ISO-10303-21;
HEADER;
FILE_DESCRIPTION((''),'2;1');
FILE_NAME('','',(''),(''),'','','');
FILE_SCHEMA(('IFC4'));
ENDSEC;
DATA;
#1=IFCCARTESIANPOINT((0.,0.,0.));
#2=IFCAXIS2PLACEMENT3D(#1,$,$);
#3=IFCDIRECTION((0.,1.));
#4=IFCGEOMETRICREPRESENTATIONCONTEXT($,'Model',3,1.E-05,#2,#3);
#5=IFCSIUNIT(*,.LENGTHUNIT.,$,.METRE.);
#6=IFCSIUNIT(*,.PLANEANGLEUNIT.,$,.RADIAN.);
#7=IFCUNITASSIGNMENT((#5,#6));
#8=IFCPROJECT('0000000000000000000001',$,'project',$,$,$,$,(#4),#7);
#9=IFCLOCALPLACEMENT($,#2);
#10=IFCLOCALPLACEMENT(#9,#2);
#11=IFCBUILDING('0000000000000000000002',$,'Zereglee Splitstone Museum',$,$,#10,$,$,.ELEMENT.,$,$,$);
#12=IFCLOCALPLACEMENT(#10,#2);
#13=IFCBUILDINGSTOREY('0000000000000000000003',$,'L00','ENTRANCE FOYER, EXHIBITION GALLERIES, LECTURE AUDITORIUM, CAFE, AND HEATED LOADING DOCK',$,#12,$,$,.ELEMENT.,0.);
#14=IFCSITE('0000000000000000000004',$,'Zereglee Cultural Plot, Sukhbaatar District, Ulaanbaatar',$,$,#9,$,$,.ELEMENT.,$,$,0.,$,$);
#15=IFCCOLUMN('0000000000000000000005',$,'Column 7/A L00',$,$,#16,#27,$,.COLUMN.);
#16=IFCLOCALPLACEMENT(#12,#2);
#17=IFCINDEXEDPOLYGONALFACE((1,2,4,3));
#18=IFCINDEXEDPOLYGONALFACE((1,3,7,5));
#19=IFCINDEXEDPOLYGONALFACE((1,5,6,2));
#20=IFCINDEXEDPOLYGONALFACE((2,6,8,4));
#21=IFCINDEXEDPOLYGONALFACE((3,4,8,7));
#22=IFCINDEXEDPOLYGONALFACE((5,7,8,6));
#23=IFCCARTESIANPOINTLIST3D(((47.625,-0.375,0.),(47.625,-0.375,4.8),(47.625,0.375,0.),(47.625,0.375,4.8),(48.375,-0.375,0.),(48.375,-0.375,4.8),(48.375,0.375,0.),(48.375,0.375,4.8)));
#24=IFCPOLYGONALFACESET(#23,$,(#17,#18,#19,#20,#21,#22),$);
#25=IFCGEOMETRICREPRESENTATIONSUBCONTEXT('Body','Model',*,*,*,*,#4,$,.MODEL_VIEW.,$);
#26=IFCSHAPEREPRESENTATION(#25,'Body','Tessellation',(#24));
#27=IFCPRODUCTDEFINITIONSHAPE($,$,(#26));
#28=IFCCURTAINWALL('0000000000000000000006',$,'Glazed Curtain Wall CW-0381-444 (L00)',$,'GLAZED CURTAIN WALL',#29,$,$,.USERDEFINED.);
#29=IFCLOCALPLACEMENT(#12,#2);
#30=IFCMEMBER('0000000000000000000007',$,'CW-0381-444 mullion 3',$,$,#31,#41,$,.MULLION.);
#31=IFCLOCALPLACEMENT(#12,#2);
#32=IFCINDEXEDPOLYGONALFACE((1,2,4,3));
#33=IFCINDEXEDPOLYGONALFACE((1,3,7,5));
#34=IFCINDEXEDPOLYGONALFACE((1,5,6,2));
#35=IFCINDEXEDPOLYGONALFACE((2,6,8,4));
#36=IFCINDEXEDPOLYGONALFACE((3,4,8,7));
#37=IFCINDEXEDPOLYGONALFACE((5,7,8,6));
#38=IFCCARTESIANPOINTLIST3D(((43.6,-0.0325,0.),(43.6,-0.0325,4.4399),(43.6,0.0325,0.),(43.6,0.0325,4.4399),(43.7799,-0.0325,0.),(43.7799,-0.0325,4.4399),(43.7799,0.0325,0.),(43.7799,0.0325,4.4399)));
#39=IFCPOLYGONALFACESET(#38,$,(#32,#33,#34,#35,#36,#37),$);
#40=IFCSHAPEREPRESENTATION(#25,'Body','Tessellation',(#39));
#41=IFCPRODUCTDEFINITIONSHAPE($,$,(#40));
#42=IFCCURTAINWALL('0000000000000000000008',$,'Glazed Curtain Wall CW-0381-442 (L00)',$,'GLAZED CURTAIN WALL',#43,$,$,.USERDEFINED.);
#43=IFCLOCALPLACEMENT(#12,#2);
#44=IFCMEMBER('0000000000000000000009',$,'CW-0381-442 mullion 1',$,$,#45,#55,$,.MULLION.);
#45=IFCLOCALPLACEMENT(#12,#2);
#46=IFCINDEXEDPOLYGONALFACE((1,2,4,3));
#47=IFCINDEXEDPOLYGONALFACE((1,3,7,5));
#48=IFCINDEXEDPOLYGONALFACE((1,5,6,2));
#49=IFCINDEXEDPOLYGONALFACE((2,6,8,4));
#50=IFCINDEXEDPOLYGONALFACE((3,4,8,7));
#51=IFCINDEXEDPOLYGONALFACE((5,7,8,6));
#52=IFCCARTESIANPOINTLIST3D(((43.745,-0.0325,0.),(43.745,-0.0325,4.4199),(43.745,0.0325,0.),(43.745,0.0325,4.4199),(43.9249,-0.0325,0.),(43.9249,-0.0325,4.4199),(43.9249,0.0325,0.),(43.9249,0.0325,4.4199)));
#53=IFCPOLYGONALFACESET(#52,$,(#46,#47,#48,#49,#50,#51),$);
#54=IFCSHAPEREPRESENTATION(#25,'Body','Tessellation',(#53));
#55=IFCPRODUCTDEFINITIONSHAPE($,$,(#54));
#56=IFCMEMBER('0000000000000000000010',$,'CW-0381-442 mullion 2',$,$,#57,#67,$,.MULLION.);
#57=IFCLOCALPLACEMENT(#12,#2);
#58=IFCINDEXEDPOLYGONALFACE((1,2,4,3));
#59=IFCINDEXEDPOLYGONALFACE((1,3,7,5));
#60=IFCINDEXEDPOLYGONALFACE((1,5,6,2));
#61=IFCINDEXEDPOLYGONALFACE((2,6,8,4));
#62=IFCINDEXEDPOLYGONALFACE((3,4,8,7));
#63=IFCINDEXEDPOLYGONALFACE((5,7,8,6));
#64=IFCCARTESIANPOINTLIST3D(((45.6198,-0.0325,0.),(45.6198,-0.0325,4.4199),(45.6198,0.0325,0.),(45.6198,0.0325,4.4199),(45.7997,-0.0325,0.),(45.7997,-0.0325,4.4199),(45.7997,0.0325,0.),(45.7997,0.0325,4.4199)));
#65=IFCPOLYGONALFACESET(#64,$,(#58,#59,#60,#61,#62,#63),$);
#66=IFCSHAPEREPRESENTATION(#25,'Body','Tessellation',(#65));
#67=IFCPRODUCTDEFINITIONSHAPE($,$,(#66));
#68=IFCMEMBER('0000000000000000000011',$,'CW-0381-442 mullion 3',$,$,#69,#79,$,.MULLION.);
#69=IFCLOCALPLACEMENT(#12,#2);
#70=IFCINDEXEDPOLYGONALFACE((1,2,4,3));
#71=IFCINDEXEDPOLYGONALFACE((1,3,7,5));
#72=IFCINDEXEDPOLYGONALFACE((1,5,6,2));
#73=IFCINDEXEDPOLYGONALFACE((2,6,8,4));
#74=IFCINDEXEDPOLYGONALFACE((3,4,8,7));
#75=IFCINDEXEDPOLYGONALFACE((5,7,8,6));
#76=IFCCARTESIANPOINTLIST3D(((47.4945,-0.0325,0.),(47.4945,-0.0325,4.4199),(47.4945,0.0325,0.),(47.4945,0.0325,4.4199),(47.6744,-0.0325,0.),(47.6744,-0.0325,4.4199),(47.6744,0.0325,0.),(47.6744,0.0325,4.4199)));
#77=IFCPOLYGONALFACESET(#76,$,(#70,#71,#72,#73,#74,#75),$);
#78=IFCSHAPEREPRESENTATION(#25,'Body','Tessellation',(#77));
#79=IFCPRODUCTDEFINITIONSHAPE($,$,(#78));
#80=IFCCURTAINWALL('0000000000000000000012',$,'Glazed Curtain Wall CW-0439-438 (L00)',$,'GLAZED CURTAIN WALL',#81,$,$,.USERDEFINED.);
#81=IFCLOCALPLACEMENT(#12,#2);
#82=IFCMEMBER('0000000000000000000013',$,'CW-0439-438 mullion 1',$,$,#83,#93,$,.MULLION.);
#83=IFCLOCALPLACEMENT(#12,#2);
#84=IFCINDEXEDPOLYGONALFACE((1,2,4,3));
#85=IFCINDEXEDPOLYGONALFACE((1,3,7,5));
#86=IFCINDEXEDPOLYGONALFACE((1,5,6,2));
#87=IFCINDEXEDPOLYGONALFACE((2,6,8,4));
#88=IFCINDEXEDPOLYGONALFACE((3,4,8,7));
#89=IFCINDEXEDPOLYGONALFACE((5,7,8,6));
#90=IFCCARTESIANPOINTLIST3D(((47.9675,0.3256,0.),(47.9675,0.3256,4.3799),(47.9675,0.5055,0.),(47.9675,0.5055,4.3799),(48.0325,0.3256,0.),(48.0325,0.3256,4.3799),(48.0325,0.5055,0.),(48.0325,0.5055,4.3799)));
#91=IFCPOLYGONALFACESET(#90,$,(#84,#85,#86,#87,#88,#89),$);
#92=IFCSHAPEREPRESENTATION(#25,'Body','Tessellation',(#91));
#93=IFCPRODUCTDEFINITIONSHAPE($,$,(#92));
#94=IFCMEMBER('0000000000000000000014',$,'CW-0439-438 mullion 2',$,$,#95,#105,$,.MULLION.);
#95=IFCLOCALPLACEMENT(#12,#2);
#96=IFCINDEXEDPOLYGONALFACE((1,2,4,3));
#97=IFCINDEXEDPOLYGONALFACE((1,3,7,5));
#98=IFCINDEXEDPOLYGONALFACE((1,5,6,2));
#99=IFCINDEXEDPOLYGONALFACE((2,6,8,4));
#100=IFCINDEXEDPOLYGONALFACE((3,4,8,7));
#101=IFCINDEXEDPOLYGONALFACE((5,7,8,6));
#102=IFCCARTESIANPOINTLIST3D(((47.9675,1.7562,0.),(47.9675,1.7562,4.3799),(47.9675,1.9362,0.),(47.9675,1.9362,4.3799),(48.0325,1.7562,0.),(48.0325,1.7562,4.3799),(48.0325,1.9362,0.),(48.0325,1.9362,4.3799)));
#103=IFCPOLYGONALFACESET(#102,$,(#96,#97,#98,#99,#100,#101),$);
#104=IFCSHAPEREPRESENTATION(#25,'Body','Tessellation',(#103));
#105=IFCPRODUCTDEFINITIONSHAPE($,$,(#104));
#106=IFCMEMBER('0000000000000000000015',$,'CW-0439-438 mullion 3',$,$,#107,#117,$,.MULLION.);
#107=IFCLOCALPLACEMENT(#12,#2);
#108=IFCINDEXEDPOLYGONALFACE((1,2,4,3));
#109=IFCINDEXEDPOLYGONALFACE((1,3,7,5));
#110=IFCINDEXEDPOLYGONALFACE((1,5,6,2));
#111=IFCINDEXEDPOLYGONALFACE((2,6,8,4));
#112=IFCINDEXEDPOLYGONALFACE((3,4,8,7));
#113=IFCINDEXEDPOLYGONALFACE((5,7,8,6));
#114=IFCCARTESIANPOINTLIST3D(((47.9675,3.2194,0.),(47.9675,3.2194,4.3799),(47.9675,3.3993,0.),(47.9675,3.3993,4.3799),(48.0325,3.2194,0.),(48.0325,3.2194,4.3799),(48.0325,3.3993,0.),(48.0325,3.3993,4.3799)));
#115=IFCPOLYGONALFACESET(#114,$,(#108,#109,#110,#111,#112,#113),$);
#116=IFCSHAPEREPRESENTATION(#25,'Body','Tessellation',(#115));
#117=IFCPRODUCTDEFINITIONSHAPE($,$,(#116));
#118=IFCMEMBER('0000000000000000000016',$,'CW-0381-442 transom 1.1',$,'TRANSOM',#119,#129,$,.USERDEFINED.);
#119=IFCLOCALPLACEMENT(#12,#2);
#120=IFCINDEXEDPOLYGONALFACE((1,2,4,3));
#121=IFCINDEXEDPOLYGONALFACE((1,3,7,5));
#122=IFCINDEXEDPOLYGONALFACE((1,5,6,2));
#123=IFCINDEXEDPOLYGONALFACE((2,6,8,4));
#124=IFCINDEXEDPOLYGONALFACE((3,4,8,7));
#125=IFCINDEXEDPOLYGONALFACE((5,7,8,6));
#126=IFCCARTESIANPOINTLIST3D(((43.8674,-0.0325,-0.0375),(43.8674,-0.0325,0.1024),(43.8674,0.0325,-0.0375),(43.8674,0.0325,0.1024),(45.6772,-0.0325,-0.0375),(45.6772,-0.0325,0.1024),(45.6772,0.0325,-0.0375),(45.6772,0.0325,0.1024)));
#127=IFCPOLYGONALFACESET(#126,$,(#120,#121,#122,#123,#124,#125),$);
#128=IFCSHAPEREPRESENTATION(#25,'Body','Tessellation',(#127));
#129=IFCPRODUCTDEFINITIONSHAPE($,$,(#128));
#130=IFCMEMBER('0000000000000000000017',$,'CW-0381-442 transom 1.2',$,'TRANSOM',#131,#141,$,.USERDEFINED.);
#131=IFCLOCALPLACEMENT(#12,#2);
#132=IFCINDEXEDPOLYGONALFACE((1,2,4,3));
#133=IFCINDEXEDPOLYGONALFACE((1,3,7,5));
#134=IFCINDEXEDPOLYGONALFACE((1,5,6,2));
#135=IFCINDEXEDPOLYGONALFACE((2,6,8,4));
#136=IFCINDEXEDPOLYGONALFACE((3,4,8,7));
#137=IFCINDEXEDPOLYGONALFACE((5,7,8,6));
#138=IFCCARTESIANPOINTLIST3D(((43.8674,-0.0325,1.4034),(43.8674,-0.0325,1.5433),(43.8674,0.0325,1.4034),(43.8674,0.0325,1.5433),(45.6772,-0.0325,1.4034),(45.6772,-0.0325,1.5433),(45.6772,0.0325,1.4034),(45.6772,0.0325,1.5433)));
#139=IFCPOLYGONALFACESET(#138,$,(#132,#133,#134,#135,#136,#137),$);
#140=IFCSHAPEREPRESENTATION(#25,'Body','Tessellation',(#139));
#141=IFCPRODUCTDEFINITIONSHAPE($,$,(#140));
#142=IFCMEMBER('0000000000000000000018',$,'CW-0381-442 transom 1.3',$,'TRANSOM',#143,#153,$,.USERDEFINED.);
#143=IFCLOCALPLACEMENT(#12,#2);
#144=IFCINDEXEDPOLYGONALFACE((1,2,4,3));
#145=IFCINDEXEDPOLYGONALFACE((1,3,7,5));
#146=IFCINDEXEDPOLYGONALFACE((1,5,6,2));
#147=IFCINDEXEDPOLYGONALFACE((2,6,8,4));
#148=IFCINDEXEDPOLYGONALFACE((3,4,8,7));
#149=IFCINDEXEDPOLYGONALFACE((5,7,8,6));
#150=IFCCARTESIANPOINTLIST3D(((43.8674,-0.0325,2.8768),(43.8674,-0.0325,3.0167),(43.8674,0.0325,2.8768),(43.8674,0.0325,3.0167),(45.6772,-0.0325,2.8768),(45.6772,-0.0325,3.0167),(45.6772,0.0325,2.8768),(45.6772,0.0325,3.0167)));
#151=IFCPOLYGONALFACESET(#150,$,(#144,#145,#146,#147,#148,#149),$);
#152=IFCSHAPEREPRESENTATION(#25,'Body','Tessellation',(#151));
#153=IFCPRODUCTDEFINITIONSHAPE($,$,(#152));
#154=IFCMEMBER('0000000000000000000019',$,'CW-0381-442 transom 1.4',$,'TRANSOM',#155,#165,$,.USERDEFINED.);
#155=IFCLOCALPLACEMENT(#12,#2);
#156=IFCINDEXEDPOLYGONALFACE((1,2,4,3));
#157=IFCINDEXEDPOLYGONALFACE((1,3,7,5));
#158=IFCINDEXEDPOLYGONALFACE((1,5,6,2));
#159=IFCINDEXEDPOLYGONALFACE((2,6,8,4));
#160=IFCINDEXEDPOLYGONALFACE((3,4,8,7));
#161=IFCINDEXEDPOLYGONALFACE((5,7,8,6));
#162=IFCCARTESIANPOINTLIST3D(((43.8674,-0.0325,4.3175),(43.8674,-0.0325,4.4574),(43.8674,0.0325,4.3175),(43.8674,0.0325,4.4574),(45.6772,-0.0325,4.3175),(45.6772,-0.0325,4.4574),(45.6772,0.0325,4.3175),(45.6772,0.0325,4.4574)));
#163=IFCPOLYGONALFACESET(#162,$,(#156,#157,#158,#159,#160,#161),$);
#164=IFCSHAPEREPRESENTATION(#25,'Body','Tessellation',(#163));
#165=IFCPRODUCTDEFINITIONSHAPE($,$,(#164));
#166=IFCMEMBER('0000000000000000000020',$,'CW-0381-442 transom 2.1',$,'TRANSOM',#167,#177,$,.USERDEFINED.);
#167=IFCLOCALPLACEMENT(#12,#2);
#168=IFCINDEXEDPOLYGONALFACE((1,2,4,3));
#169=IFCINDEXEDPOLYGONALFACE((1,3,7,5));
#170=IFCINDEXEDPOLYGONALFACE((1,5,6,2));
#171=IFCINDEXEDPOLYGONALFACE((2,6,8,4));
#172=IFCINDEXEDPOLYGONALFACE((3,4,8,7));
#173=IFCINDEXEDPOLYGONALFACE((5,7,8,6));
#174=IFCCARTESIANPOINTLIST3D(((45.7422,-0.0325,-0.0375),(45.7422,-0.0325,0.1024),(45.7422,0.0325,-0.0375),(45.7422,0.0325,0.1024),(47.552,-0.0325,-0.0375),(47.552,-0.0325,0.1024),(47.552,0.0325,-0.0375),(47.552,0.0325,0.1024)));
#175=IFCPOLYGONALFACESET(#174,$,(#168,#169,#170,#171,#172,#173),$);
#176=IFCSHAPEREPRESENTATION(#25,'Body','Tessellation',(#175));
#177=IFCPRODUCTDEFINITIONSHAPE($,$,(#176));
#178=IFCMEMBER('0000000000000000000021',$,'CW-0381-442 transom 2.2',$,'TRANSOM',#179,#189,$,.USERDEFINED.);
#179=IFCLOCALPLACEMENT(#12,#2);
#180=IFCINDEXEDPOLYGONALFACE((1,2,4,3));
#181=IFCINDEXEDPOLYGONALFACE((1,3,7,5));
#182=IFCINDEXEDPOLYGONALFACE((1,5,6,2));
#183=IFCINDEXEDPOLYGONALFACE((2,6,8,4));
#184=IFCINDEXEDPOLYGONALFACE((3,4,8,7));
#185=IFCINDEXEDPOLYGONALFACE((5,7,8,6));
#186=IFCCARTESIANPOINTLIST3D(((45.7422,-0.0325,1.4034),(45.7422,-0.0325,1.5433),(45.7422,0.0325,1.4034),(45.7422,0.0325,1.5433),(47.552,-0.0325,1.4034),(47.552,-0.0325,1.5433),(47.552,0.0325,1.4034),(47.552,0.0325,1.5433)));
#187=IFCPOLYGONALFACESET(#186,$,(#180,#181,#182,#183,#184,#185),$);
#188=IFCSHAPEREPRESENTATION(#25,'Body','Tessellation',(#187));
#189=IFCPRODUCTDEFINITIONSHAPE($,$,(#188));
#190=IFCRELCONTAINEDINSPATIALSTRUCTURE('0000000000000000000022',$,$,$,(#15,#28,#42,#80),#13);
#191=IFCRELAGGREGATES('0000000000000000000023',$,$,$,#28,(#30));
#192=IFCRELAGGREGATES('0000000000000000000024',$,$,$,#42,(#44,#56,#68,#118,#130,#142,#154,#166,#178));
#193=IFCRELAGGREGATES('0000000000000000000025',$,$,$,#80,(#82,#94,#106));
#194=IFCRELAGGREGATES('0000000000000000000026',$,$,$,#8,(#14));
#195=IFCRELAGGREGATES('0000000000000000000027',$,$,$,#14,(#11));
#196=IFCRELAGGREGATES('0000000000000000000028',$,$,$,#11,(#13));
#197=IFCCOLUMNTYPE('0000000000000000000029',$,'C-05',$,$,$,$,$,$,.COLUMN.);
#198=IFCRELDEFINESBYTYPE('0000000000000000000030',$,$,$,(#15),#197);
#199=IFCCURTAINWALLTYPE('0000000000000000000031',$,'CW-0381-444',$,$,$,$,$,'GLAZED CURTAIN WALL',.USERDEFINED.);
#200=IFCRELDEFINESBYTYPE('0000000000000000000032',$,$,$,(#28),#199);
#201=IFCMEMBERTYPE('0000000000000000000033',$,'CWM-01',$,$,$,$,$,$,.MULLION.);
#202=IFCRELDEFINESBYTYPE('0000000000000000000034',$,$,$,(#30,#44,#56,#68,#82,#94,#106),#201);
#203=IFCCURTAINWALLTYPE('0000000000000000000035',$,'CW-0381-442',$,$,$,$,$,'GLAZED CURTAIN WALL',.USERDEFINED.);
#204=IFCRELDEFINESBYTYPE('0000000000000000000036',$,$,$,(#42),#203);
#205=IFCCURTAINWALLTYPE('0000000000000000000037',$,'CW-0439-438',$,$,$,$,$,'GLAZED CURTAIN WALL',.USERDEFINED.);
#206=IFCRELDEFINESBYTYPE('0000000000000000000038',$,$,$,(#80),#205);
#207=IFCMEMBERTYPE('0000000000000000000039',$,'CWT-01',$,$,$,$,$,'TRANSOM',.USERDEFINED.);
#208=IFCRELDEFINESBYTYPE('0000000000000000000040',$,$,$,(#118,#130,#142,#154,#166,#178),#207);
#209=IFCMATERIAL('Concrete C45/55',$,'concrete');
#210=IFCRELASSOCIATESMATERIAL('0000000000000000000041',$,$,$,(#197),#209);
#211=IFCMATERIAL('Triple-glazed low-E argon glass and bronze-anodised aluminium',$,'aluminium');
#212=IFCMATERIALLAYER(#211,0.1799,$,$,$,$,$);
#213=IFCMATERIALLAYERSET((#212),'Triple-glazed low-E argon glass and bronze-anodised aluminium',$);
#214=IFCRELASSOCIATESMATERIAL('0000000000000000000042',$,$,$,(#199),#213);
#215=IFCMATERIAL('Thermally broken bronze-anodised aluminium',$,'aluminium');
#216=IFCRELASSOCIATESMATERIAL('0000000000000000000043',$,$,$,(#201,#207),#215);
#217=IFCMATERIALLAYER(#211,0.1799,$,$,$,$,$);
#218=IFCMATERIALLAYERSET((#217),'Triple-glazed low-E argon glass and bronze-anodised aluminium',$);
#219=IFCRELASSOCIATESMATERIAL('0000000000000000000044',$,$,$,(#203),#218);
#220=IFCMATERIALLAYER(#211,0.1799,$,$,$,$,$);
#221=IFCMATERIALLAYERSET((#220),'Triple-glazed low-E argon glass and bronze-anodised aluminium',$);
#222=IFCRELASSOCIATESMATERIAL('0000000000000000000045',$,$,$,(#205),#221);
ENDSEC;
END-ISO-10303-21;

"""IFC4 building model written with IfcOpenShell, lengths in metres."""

from ifc_helpers import new_model, si_unit, direction, frame, origin, origin_2d, place, context, subcontext, project, spatial, rectangle, extrude, material, layer, layer_set, material_profile, profile_set, type_object, element, aggregate, save


model = new_model("IFC4")

# Units and contexts
model_context = context("Model", 3, precision=1e-05, world=origin(), true_north=direction((0.0, 1.0)))
body_context = subcontext(model_context, "Body", "Model", "MODEL_VIEW")
ifc_project = project(units=[si_unit("LENGTHUNIT", "METRE"), si_unit("PLANEANGLEUNIT", "RADIAN")], contexts=[model_context])

# Site, building, storey
site_placement = place(None, origin())
site = spatial("IfcSite", under=ifc_project, at=site_placement, Name="Zereglee Cultural Plot, Sukhbaatar District, Ulaanbaatar", CompositionType="ELEMENT", RefElevation=0.0)
building_placement = place(site_placement, origin())
building = spatial("IfcBuilding", under=site, at=building_placement, Name="Zereglee Splitstone Museum", CompositionType="ELEMENT")
storey_placement = place(building_placement, origin())
storey = spatial("IfcBuildingStorey", under=building, at=storey_placement, Name="L00", Description="ENTRANCE FOYER, EXHIBITION GALLERIES, LECTURE AUDITORIUM, CAFE, AND HEATED LOADING DOCK", CompositionType="ELEMENT", Elevation=0.0)

# Column
ifc_material_1 = material(Name="Concrete C45/55", Category="concrete")
ifc_material_profile_1 = material_profile(ifc_material_1, rectangle(XDim=0.75, YDim=0.75, at=origin_2d()), Name="RC 750x750")
ifc_profile_set_1 = profile_set([ifc_material_profile_1], Name="Concrete C45/55")
column_type = type_object("IfcColumnType", Name="C-05", PredefinedType="COLUMN", material=ifc_profile_set_1)
column_placement = place(storey_placement, frame((48.0, 0.0, 0.0), z_axis=(0.0, 0.0, 1.0), x_axis=(1.0, 0.0, 0.0)))
element("IfcColumn", 1, at=column_placement, inside=storey, type_object=column_type, Name="Column 7/A L00", PredefinedType="COLUMN", context=body_context, shape_type="SweptSolid", body=[
    extrude(rectangle(XDim=0.75, YDim=0.75, at=origin_2d()), origin(), (0.0, 0.0, 1.0), 4.8),
])

# Curtain wall, member
ifc_material_2 = material(Name="Triple-glazed low-E argon glass and bronze-anodised aluminium", Category="aluminium")
ifc_layer_1 = layer(ifc_material_2, 0.1799)
ifc_layer_set_1 = layer_set([ifc_layer_1], Name="Triple-glazed low-E argon glass and bronze-anodised aluminium")
curtain_wall_type_1 = type_object("IfcCurtainWallType", Name="CW-0381-444", ElementType="GLAZED CURTAIN WALL", PredefinedType="USERDEFINED", material=ifc_layer_set_1)
curtain_wall_1_placement = place(storey_placement, origin())
curtain_wall_1 = element("IfcCurtainWall", 2, at=curtain_wall_1_placement, inside=storey, type_object=curtain_wall_type_1, Name="Glazed Curtain Wall CW-0381-444 (L00)", ObjectType="GLAZED CURTAIN WALL", PredefinedType="USERDEFINED")
ifc_material_3 = material(Name="Thermally broken bronze-anodised aluminium", Category="aluminium")
ifc_material_profile_2 = material_profile(ifc_material_3, rectangle(XDim=0.0649, YDim=0.1799, at=origin_2d()), Name="CW MULL 65x180")
ifc_profile_set_2 = profile_set([ifc_material_profile_2], Name="Thermally broken bronze-anodised aluminium")
member_type_1 = type_object("IfcMemberType", Name="CWM-01", PredefinedType="MULLION", material=ifc_profile_set_2)
member_1_placement = place(storey_placement, frame((43.6899, 0.0, 0.0), z_axis=(0.0, 0.0, 1.0), x_axis=(0.0, 1.0, 0.0)))
member_1 = element("IfcMember", 3, at=member_1_placement, type_object=member_type_1, Name="CW-0381-444 mullion 3", PredefinedType="MULLION", context=body_context, shape_type="SweptSolid", body=[
    extrude(rectangle(XDim=0.0649, YDim=0.1799, at=origin_2d()), origin(), (0.0, 0.0, 1.0), 4.4399),
])

# Curtain walls, members
ifc_layer_2 = layer(ifc_material_2, 0.1799)
ifc_layer_set_2 = layer_set([ifc_layer_2], Name="Triple-glazed low-E argon glass and bronze-anodised aluminium")
curtain_wall_type_2 = type_object("IfcCurtainWallType", Name="CW-0381-442", ElementType="GLAZED CURTAIN WALL", PredefinedType="USERDEFINED", material=ifc_layer_set_2)
curtain_wall_2_placement = place(storey_placement, origin())
curtain_wall_2 = element("IfcCurtainWall", 4, at=curtain_wall_2_placement, inside=storey, type_object=curtain_wall_type_2, Name="Glazed Curtain Wall CW-0381-442 (L00)", ObjectType="GLAZED CURTAIN WALL", PredefinedType="USERDEFINED")
member_2_placement = place(storey_placement, frame((43.835, 0.0, 0.0), z_axis=(0.0, 0.0, 1.0), x_axis=(0.0, 1.0, 0.0)))
member_2 = element("IfcMember", 5, at=member_2_placement, type_object=member_type_1, Name="CW-0381-442 mullion 1", PredefinedType="MULLION", context=body_context, shape_type="SweptSolid", body=[
    extrude(rectangle(XDim=0.0649, YDim=0.1799, at=origin_2d()), origin(), (0.0, 0.0, 1.0), 4.4199),
])
member_3_placement = place(storey_placement, frame((45.7097, 0.0, 0.0), z_axis=(0.0, 0.0, 1.0), x_axis=(0.0, 1.0, 0.0)))
member_3 = element("IfcMember", 6, at=member_3_placement, type_object=member_type_1, Name="CW-0381-442 mullion 2", PredefinedType="MULLION", context=body_context, shape_type="SweptSolid", body=[
    extrude(rectangle(XDim=0.0649, YDim=0.1799, at=origin_2d()), origin(), (0.0, 0.0, 1.0), 4.4199),
])
member_4_placement = place(storey_placement, frame((47.5845, 0.0, 0.0), z_axis=(0.0, 0.0, 1.0), x_axis=(0.0, 1.0, 0.0)))
member_4 = element("IfcMember", 7, at=member_4_placement, type_object=member_type_1, Name="CW-0381-442 mullion 3", PredefinedType="MULLION", context=body_context, shape_type="SweptSolid", body=[
    extrude(rectangle(XDim=0.0649, YDim=0.1799, at=origin_2d()), origin(), (0.0, 0.0, 1.0), 4.4199),
])
ifc_layer_3 = layer(ifc_material_2, 0.1799)
ifc_layer_set_3 = layer_set([ifc_layer_3], Name="Triple-glazed low-E argon glass and bronze-anodised aluminium")
curtain_wall_type_3 = type_object("IfcCurtainWallType", Name="CW-0439-438", ElementType="GLAZED CURTAIN WALL", PredefinedType="USERDEFINED", material=ifc_layer_set_3)
curtain_wall_3_placement = place(storey_placement, origin())
curtain_wall_3 = element("IfcCurtainWall", 8, at=curtain_wall_3_placement, inside=storey, type_object=curtain_wall_type_3, Name="Glazed Curtain Wall CW-0439-438 (L00)", ObjectType="GLAZED CURTAIN WALL", PredefinedType="USERDEFINED")
member_5_placement = place(storey_placement, frame((48.0, 0.4155, 0.0), z_axis=(0.0, 0.0, 1.0), x_axis=(-1.0, 0.0, 0.0)))
member_5 = element("IfcMember", 9, at=member_5_placement, type_object=member_type_1, Name="CW-0439-438 mullion 1", PredefinedType="MULLION", context=body_context, shape_type="SweptSolid", body=[
    extrude(rectangle(XDim=0.0649, YDim=0.1799, at=origin_2d()), origin(), (0.0, 0.0, 1.0), 4.3799),
])
member_6_placement = place(storey_placement, frame((48.0, 1.8462, 0.0), z_axis=(0.0, 0.0, 1.0), x_axis=(-1.0, 0.0, 0.0)))
member_6 = element("IfcMember", 10, at=member_6_placement, type_object=member_type_1, Name="CW-0439-438 mullion 2", PredefinedType="MULLION", context=body_context, shape_type="SweptSolid", body=[
    extrude(rectangle(XDim=0.0649, YDim=0.1799, at=origin_2d()), origin(), (0.0, 0.0, 1.0), 4.3799),
])
member_7_placement = place(storey_placement, frame((48.0, 3.3093, 0.0), z_axis=(0.0, 0.0, 1.0), x_axis=(-1.0, 0.0, 0.0)))
member_7 = element("IfcMember", 11, at=member_7_placement, type_object=member_type_1, Name="CW-0439-438 mullion 3", PredefinedType="MULLION", context=body_context, shape_type="SweptSolid", body=[
    extrude(rectangle(XDim=0.0649, YDim=0.1799, at=origin_2d()), origin(), (0.0, 0.0, 1.0), 4.3799),
])

# Members
ifc_material_profile_3 = material_profile(ifc_material_3, rectangle(XDim=0.0649, YDim=0.1399, at=origin_2d()), Name="CW TRAN 65x140")
ifc_profile_set_3 = profile_set([ifc_material_profile_3], Name="Thermally broken bronze-anodised aluminium")
member_type_2 = type_object("IfcMemberType", Name="CWT-01", ElementType="TRANSOM", PredefinedType="USERDEFINED", material=ifc_profile_set_3)
member_8_placement = place(storey_placement, frame((43.8674, 0.0, 0.0325), z_axis=(1.0, 0.0, 0.0), x_axis=(0.0, 1.0, 0.0)))
member_8 = element("IfcMember", 12, at=member_8_placement, type_object=member_type_2, Name="CW-0381-442 transom 1.1", ObjectType="TRANSOM", PredefinedType="USERDEFINED", context=body_context, shape_type="SweptSolid", body=[
    extrude(rectangle(XDim=0.0649, YDim=0.1399, at=origin_2d()), origin(), (0.0, 0.0, 1.0), 1.8098),
])
member_9_placement = place(storey_placement, frame((43.8674, 0.0, 1.4734), z_axis=(1.0, 0.0, 0.0), x_axis=(0.0, 1.0, 0.0)))
member_9 = element("IfcMember", 13, at=member_9_placement, type_object=member_type_2, Name="CW-0381-442 transom 1.2", ObjectType="TRANSOM", PredefinedType="USERDEFINED", context=body_context, shape_type="SweptSolid", body=[
    extrude(rectangle(XDim=0.0649, YDim=0.1399, at=origin_2d()), origin(), (0.0, 0.0, 1.0), 1.8098),
])
member_10_placement = place(storey_placement, frame((43.8674, 0.0, 2.9468), z_axis=(1.0, 0.0, 0.0), x_axis=(0.0, 1.0, 0.0)))
member_10 = element("IfcMember", 14, at=member_10_placement, type_object=member_type_2, Name="CW-0381-442 transom 1.3", ObjectType="TRANSOM", PredefinedType="USERDEFINED", context=body_context, shape_type="SweptSolid", body=[
    extrude(rectangle(XDim=0.0649, YDim=0.1399, at=origin_2d()), origin(), (0.0, 0.0, 1.0), 1.8098),
])
member_11_placement = place(storey_placement, frame((43.8674, 0.0, 4.3875), z_axis=(1.0, 0.0, 0.0), x_axis=(0.0, 1.0, 0.0)))
member_11 = element("IfcMember", 15, at=member_11_placement, type_object=member_type_2, Name="CW-0381-442 transom 1.4", ObjectType="TRANSOM", PredefinedType="USERDEFINED", context=body_context, shape_type="SweptSolid", body=[
    extrude(rectangle(XDim=0.0649, YDim=0.1399, at=origin_2d()), origin(), (0.0, 0.0, 1.0), 1.8098),
])
member_12_placement = place(storey_placement, frame((45.7422, 0.0, 0.0325), z_axis=(1.0, 0.0, 0.0), x_axis=(0.0, 1.0, 0.0)))
member_12 = element("IfcMember", 16, at=member_12_placement, type_object=member_type_2, Name="CW-0381-442 transom 2.1", ObjectType="TRANSOM", PredefinedType="USERDEFINED", context=body_context, shape_type="SweptSolid", body=[
    extrude(rectangle(XDim=0.0649, YDim=0.1399, at=origin_2d()), origin(), (0.0, 0.0, 1.0), 1.8098),
])
member_13_placement = place(storey_placement, frame((45.7422, 0.0, 1.4734), z_axis=(1.0, 0.0, 0.0), x_axis=(0.0, 1.0, 0.0)))
member_13 = element("IfcMember", 17, at=member_13_placement, type_object=member_type_2, Name="CW-0381-442 transom 2.2", ObjectType="TRANSOM", PredefinedType="USERDEFINED", context=body_context, shape_type="SweptSolid", body=[
    extrude(rectangle(XDim=0.0649, YDim=0.1399, at=origin_2d()), origin(), (0.0, 0.0, 1.0), 1.8098),
])

aggregate(curtain_wall_1, [member_1])
aggregate(curtain_wall_2, [member_2, member_3, member_4, member_8, member_9, member_10, member_11, member_12, member_13])
aggregate(curtain_wall_3, [member_5, member_6, member_7])

save(model, "model.ifc")
